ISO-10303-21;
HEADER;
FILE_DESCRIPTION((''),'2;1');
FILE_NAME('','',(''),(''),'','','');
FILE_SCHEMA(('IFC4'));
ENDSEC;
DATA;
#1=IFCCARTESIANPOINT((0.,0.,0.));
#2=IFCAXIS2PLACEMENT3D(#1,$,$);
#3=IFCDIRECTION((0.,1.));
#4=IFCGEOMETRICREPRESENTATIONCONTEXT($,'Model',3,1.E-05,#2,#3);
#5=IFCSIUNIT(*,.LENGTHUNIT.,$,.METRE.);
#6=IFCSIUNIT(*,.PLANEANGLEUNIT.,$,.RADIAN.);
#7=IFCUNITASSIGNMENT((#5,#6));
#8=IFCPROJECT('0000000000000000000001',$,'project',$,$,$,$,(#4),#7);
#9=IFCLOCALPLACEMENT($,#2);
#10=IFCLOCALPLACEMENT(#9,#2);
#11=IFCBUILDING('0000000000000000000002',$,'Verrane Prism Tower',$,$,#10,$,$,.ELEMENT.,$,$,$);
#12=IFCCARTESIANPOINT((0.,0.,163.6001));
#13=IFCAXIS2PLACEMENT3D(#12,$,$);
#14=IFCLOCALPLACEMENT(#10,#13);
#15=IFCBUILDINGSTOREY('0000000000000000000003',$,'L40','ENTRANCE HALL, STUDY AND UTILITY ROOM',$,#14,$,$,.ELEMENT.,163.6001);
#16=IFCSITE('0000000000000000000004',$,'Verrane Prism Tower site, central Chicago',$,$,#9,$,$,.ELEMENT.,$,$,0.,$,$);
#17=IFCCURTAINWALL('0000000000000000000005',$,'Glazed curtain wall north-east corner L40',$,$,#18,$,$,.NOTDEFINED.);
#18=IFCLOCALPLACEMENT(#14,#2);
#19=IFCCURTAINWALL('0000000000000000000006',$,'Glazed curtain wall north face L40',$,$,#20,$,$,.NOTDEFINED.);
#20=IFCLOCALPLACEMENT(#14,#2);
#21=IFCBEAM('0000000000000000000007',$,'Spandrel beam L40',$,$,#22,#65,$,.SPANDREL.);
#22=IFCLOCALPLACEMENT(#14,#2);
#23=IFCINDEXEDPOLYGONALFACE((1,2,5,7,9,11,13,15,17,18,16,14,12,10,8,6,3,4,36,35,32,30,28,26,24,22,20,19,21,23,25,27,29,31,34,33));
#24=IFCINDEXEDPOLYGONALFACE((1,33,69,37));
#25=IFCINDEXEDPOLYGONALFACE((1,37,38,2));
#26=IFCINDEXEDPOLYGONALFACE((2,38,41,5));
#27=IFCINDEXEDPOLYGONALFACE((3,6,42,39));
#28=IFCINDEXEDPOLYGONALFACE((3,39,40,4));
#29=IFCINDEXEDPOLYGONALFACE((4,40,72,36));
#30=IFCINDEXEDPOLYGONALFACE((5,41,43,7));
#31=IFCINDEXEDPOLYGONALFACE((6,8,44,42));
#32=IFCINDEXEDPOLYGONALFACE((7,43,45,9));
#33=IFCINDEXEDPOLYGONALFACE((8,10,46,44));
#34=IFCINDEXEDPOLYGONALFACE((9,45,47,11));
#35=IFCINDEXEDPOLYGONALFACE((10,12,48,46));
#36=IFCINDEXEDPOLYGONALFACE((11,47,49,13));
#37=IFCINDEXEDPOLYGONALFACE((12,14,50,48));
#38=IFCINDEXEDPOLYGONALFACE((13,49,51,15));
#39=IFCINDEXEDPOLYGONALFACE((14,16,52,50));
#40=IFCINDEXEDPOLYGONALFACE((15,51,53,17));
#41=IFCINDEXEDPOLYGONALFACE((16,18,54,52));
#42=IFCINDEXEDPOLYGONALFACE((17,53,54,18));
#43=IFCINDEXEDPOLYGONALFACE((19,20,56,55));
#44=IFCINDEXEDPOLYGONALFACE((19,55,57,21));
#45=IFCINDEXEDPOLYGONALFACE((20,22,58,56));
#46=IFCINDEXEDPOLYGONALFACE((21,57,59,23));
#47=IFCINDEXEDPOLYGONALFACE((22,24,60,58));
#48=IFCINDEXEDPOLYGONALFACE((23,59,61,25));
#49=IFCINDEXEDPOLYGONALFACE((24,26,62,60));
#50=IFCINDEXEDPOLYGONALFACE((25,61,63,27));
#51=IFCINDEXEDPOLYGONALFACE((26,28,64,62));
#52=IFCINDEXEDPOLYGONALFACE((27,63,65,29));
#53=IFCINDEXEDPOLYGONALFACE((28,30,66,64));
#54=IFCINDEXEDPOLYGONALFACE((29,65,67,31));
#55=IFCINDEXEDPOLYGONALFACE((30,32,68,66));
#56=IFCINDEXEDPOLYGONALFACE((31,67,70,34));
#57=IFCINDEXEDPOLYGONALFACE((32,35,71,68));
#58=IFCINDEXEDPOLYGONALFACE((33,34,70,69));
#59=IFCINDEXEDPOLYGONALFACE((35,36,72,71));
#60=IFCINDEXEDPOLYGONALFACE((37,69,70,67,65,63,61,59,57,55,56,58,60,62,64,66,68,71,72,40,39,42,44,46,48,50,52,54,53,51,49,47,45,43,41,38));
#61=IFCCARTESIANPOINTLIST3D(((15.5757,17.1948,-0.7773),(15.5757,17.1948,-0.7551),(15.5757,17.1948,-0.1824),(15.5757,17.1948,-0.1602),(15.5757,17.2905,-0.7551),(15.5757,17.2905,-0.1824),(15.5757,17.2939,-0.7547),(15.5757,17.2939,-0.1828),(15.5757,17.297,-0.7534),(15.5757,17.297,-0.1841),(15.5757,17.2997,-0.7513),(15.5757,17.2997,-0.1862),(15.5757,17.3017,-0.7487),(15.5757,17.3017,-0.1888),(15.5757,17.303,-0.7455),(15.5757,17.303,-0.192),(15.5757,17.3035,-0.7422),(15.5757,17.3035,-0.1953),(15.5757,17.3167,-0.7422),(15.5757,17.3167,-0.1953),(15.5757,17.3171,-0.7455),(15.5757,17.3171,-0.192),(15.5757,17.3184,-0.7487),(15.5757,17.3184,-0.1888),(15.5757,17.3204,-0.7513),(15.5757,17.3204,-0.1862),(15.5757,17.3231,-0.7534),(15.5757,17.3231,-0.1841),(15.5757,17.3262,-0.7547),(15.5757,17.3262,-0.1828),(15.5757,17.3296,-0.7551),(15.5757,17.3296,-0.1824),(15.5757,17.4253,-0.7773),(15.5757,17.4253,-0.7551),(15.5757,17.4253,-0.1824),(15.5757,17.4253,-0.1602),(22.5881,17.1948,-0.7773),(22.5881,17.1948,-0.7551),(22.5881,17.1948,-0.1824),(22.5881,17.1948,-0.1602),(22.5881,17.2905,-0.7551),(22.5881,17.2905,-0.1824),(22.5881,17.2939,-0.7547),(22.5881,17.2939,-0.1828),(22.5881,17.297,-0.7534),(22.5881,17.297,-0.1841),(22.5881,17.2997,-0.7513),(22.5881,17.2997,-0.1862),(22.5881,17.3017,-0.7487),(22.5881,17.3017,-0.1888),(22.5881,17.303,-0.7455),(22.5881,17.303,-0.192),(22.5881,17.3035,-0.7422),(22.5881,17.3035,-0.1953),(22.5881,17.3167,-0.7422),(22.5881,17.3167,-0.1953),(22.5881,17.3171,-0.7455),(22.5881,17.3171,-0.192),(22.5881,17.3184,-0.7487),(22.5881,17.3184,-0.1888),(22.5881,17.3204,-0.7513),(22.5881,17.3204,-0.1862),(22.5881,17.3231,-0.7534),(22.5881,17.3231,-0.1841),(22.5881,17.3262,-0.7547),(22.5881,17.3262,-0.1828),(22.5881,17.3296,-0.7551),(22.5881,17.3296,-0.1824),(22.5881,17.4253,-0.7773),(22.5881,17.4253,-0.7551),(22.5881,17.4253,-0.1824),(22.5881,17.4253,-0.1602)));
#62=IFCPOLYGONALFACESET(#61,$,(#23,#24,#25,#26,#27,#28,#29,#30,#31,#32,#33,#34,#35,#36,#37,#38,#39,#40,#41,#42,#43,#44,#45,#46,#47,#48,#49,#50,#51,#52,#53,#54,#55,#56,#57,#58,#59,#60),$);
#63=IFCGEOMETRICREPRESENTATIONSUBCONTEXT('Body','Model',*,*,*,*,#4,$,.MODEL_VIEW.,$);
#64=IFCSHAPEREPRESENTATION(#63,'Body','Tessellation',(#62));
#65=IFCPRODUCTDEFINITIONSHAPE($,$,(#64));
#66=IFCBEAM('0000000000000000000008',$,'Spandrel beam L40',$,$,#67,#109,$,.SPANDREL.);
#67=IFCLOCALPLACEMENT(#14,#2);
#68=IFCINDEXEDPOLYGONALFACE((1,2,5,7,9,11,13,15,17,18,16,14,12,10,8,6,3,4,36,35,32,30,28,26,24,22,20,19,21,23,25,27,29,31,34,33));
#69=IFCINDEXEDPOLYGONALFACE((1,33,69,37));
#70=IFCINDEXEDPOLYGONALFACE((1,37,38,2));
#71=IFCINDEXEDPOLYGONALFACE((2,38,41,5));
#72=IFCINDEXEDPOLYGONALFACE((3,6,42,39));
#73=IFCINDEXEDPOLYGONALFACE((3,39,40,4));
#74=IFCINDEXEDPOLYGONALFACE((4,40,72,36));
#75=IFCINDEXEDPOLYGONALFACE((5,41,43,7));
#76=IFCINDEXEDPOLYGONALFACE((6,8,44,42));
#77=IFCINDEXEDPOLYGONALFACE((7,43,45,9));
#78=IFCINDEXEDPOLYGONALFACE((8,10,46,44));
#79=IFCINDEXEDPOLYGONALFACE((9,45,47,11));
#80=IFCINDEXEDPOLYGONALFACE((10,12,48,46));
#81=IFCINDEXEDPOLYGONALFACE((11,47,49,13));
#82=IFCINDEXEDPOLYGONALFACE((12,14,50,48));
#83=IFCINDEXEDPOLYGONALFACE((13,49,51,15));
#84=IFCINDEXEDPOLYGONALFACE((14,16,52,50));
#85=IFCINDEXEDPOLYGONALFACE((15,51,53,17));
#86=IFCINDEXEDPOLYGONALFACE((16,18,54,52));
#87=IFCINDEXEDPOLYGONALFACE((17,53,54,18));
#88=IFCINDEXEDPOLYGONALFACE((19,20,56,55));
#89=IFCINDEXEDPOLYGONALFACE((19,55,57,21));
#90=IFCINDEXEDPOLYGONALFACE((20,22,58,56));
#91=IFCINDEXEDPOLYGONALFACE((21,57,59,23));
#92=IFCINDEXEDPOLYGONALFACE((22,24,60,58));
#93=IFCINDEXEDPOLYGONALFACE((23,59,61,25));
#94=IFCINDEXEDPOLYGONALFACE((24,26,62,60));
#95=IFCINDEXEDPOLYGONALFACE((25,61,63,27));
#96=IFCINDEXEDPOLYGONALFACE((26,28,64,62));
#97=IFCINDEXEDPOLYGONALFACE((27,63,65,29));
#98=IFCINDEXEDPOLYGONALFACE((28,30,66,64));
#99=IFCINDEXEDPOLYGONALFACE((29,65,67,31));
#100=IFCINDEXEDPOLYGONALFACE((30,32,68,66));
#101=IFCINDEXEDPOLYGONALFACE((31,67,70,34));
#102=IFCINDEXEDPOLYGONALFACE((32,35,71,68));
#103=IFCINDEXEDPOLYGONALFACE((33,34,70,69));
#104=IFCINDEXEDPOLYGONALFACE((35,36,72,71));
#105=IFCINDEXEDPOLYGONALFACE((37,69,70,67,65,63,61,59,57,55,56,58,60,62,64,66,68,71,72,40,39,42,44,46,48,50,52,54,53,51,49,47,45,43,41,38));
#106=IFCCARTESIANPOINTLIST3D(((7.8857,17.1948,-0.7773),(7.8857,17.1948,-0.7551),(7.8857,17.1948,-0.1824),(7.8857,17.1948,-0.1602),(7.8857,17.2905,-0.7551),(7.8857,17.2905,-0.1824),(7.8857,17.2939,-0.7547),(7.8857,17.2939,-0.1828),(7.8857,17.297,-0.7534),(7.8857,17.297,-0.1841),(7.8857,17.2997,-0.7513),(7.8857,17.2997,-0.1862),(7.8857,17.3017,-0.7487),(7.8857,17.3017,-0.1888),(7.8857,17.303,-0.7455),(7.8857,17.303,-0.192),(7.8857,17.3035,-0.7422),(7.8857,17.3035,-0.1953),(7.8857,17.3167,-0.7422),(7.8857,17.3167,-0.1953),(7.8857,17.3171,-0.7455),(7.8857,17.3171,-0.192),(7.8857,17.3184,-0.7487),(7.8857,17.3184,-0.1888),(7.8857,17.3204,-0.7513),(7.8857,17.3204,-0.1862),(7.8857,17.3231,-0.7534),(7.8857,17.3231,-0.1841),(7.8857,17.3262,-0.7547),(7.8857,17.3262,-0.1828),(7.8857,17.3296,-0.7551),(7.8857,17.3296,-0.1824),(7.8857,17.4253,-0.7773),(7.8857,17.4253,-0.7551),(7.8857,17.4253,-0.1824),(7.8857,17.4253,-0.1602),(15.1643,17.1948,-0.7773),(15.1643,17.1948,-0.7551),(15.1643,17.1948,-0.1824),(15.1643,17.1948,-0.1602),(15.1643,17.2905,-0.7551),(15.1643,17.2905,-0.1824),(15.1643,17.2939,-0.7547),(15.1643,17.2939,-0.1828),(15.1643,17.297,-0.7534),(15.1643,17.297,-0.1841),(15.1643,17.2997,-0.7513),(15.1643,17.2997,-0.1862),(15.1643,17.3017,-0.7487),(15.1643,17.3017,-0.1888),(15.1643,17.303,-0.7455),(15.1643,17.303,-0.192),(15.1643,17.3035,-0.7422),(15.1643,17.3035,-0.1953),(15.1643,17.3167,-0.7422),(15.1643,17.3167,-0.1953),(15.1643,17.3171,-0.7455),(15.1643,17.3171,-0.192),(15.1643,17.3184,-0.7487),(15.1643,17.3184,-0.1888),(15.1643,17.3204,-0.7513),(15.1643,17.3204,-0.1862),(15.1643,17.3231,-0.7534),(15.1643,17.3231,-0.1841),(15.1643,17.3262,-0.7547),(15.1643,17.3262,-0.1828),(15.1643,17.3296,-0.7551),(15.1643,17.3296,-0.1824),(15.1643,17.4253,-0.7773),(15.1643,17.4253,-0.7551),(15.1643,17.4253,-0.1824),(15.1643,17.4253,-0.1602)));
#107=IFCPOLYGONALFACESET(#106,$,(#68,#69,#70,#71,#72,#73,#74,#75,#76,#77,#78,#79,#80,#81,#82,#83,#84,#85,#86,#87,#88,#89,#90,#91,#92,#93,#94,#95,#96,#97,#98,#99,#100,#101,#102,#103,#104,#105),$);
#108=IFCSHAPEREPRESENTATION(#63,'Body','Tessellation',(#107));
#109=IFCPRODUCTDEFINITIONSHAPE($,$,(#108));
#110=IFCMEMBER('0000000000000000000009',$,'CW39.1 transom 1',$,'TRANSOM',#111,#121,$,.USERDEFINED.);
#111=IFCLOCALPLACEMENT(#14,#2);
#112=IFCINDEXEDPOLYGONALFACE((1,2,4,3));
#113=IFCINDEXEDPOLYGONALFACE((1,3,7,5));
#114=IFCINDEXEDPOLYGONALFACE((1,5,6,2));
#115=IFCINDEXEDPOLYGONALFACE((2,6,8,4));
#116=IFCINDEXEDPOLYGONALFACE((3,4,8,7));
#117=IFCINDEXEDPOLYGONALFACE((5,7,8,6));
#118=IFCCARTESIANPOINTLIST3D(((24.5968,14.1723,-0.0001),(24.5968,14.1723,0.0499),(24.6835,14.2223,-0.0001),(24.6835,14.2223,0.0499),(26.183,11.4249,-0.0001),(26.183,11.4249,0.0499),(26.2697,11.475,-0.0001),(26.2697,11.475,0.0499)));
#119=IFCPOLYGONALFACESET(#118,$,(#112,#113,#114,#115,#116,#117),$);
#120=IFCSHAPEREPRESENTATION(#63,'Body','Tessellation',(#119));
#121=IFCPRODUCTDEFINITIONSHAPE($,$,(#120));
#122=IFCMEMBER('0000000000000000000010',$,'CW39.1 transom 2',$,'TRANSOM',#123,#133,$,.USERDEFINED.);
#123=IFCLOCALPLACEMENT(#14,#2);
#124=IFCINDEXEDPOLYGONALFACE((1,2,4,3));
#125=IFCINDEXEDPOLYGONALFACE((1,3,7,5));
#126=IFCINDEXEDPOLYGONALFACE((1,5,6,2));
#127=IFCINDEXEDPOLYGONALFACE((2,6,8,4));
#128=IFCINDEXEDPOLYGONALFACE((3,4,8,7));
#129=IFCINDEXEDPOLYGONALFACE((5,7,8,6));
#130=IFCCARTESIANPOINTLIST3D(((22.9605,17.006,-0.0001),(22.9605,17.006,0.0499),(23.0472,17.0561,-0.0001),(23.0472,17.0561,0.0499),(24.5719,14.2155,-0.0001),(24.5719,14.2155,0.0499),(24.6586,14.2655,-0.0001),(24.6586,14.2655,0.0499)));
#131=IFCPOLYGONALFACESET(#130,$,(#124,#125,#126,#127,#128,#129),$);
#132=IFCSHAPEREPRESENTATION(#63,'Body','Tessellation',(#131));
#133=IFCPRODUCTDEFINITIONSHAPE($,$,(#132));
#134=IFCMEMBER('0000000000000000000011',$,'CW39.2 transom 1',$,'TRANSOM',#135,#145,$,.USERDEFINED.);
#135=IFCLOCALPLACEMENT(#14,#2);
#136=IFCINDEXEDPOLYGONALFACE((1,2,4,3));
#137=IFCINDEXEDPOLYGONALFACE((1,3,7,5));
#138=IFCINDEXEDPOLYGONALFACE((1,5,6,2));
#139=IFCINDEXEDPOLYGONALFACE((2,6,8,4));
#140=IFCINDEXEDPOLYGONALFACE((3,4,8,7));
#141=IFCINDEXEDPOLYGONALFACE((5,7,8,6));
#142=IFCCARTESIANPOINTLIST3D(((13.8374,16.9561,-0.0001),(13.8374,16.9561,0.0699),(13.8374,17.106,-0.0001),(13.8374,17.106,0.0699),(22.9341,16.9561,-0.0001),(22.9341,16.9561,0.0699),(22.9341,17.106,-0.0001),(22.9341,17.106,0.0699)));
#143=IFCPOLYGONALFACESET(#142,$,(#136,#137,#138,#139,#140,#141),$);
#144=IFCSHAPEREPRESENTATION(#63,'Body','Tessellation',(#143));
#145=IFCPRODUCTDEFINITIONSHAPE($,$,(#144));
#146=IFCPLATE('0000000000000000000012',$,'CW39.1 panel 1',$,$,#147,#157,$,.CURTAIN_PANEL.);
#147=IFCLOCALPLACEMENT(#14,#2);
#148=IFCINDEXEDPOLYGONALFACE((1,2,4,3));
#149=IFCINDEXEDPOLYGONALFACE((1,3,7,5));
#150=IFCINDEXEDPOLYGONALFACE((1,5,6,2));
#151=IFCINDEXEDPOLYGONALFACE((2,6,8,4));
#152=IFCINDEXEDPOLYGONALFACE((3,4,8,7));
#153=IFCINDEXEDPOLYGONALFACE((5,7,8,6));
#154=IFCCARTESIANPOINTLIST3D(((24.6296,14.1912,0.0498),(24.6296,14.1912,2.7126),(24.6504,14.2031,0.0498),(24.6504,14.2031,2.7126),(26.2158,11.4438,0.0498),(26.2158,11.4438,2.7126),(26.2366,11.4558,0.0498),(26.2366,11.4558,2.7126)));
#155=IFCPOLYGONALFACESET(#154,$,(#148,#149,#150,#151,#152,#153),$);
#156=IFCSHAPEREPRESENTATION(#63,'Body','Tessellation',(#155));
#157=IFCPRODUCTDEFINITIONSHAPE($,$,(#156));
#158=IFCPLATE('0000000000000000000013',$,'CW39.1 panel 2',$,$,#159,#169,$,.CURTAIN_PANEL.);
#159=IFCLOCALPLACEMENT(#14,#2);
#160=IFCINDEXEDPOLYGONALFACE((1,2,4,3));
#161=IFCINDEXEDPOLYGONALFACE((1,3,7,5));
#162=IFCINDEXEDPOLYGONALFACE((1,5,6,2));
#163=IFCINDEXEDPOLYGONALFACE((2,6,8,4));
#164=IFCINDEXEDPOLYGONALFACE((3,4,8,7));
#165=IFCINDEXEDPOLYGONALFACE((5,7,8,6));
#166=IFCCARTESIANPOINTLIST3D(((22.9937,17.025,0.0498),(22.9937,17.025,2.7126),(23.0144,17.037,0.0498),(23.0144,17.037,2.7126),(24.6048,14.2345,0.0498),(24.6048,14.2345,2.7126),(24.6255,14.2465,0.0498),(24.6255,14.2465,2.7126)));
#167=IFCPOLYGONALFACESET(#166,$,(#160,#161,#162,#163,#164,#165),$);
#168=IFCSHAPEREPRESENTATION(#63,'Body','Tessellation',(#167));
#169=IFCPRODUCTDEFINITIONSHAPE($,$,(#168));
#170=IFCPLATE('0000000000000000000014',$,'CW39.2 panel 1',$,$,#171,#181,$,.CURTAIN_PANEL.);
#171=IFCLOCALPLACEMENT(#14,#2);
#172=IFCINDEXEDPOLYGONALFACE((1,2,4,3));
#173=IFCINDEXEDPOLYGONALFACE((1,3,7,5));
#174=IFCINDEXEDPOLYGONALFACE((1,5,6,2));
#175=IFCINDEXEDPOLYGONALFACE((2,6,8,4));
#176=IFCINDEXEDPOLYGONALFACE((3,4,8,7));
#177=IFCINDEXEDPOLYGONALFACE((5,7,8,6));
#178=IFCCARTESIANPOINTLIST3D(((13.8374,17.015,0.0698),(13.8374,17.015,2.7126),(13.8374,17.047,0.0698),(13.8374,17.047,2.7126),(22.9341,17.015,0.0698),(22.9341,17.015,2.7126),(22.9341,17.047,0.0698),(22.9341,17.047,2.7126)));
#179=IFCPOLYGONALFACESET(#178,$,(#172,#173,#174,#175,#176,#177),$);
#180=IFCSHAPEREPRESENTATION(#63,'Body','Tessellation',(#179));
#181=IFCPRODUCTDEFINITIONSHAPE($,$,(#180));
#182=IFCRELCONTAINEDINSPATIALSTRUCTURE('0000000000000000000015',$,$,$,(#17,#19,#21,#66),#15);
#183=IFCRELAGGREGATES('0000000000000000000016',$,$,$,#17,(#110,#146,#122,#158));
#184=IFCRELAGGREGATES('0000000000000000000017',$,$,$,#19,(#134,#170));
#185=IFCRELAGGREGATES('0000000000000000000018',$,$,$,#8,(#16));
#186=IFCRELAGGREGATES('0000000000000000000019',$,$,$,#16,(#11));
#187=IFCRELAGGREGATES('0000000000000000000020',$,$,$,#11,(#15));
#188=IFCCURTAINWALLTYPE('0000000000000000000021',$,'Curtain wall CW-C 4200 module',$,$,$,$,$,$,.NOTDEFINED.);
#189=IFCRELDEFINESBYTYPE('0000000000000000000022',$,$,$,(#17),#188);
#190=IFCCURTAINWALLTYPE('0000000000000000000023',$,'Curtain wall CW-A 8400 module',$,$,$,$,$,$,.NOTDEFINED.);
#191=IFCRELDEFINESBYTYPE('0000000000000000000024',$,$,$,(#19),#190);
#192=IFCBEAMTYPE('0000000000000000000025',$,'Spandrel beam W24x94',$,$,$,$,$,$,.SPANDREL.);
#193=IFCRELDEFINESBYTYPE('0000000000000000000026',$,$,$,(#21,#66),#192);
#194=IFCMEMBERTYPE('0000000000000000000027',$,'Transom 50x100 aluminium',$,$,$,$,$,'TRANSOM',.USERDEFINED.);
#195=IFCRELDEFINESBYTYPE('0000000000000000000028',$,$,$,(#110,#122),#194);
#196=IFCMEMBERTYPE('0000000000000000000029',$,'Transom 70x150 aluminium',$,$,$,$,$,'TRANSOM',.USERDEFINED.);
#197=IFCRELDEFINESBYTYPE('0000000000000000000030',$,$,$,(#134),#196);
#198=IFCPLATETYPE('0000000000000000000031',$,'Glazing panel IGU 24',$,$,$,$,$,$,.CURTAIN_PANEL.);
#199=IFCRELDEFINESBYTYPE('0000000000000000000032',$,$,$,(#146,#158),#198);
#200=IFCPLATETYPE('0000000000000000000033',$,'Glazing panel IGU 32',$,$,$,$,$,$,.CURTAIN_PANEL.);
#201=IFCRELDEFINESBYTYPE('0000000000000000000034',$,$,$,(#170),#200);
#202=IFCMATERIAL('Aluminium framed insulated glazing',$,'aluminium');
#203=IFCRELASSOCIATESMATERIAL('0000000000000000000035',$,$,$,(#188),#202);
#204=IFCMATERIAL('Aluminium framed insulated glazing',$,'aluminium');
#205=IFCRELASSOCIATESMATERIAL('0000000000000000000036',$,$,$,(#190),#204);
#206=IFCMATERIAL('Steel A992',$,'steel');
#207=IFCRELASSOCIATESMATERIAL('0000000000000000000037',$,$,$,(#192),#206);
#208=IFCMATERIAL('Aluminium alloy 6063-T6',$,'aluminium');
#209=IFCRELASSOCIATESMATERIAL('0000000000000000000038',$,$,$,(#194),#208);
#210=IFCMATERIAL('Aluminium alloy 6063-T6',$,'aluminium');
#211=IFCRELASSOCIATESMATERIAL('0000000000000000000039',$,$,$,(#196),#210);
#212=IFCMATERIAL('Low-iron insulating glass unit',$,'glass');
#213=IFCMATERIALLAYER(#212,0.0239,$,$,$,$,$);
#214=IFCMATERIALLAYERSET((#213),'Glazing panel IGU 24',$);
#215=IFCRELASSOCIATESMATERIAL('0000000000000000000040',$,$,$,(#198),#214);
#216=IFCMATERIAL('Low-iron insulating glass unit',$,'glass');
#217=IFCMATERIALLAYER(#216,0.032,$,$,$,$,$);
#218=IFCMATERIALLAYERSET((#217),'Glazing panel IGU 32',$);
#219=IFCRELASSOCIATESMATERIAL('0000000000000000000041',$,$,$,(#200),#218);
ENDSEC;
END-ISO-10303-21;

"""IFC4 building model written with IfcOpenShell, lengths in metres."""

from ifc_helpers import new_model, si_unit, direction, frame, origin, origin_2d, place, context, subcontext, project, spatial, rectangle, i_section, extrude, material, layer, layer_set, material_profile, profile_set, type_object, element, aggregate, save


model = new_model("IFC4")

# Units and contexts
model_context = context("Model", 3, precision=1e-05, world=origin(), true_north=direction((0.0, 1.0)))
body_context = subcontext(model_context, "Body", "Model", "MODEL_VIEW")
ifc_project = project(units=[si_unit("LENGTHUNIT", "METRE"), si_unit("PLANEANGLEUNIT", "RADIAN")], contexts=[model_context])

# Site, building, storey
site_placement = place(None, origin())
site = spatial("IfcSite", under=ifc_project, at=site_placement, Name="Verrane Prism Tower site, central Chicago", CompositionType="ELEMENT", RefElevation=0.0)
building_placement = place(site_placement, origin())
building = spatial("IfcBuilding", under=site, at=building_placement, Name="Verrane Prism Tower", CompositionType="ELEMENT")
storey_placement = place(building_placement, frame((0.0, 0.0, 163.6001)))
storey = spatial("IfcBuildingStorey", under=building, at=storey_placement, Name="L40", Description="ENTRANCE HALL, STUDY AND UTILITY ROOM", CompositionType="ELEMENT", Elevation=163.6001)

# Curtain wall
ifc_material_1 = material(Name="Aluminium framed insulated glazing", Category="aluminium")
curtain_wall_type_1 = type_object("IfcCurtainWallType", Name="Curtain wall CW-C 4200 module", PredefinedType="NOTDEFINED", material=ifc_material_1)
curtain_wall_1_placement = place(storey_placement, origin())
curtain_wall_1 = element("IfcCurtainWall", 1, at=curtain_wall_1_placement, inside=storey, type_object=curtain_wall_type_1, Name="Glazed curtain wall north-east corner L40", PredefinedType="NOTDEFINED")

# Curtain wall
ifc_material_2 = material(Name="Aluminium framed insulated glazing", Category="aluminium")
curtain_wall_type_2 = type_object("IfcCurtainWallType", Name="Curtain wall CW-A 8400 module", PredefinedType="NOTDEFINED", material=ifc_material_2)
curtain_wall_2_placement = place(storey_placement, origin())
curtain_wall_2 = element("IfcCurtainWall", 2, at=curtain_wall_2_placement, inside=storey, type_object=curtain_wall_type_2, Name="Glazed curtain wall north face L40", PredefinedType="NOTDEFINED")

# Beams
ifc_material_3 = material(Name="Steel A992", Category="steel")
ifc_material_profile_1 = material_profile(ifc_material_3, i_section(OverallWidth=0.2305, OverallDepth=0.6172, WebThickness=0.0132, FlangeThickness=0.0222, FilletRadius=0.0129, at=origin_2d()), Name="W24x94")
ifc_profile_set_1 = profile_set([ifc_material_profile_1], Name="Steel A992")
beam_type_1 = type_object("IfcBeamType", Name="Spandrel beam W24x94", PredefinedType="SPANDREL", material=ifc_profile_set_1)
beam_1_placement = place(storey_placement, frame((22.5881, 17.3101, -0.4688), z_axis=(-1.0, 0.0, 0.0), x_axis=(0.0, -1.0, 0.0)))
element("IfcBeam", 3, at=beam_1_placement, inside=storey, type_object=beam_type_1, Name="Spandrel beam L40", PredefinedType="SPANDREL", context=body_context, shape_type="SweptSolid", body=[
    extrude(i_section(OverallWidth=0.2305, OverallDepth=0.6172, WebThickness=0.0132, FlangeThickness=0.0222, FilletRadius=0.0129, at=origin_2d()), origin(), (0.0, 0.0, 1.0), 7.0125),
])
beam_2_placement = place(storey_placement, frame((15.1643, 17.3101, -0.4688), z_axis=(-1.0, 0.0, 0.0), x_axis=(0.0, -1.0, 0.0)))
element("IfcBeam", 4, at=beam_2_placement, inside=storey, type_object=beam_type_1, Name="Spandrel beam L40", PredefinedType="SPANDREL", context=body_context, shape_type="SweptSolid", body=[
    extrude(i_section(OverallWidth=0.2305, OverallDepth=0.6172, WebThickness=0.0132, FlangeThickness=0.0222, FilletRadius=0.0129, at=origin_2d()), origin(), (0.0, 0.0, 1.0), 7.2786),
])

# Members
ifc_material_4 = material(Name="Aluminium alloy 6063-T6", Category="aluminium")
ifc_material_profile_2 = material_profile(ifc_material_4, rectangle(XDim=0.1001, YDim=0.05, at=origin_2d()), Name="Transom 50x100 aluminium")
ifc_profile_set_2 = profile_set([ifc_material_profile_2], Name="Aluminium alloy 6063-T6")
member_type_1 = type_object("IfcMemberType", Name="Transom 50x100 aluminium", ElementType="TRANSOM", PredefinedType="USERDEFINED", material=ifc_profile_set_2)
member_1_placement = place(storey_placement, frame((26.2263, 11.45, 0.0249), z_axis=(-0.500004, 0.866023, 0.0), x_axis=(-0.866023, -0.500004, 0.0)))
member_1 = element("IfcMember", 5, at=member_1_placement, type_object=member_type_1, Name="CW39.1 transom 1", ObjectType="TRANSOM", PredefinedType="USERDEFINED", context=body_context, shape_type="SweptSolid", body=[
    extrude(rectangle(XDim=0.1001, YDim=0.05, at=origin_2d()), origin(), (0.0, 0.0, 1.0), 3.1724),
])
member_2_placement = place(storey_placement, frame((24.6152, 14.2405, 0.0249), z_axis=(-0.50005, 0.865996, 0.0), x_axis=(-0.865996, -0.50005, 0.0)))
member_2 = element("IfcMember", 6, at=member_2_placement, type_object=member_type_1, Name="CW39.1 transom 2", ObjectType="TRANSOM", PredefinedType="USERDEFINED", context=body_context, shape_type="SweptSolid", body=[
    extrude(rectangle(XDim=0.1001, YDim=0.05, at=origin_2d()), origin(), (0.0, 0.0, 1.0), 3.2224),
])
ifc_material_5 = material(Name="Aluminium alloy 6063-T6", Category="aluminium")
ifc_material_profile_3 = material_profile(ifc_material_5, rectangle(XDim=0.1499, YDim=0.0701, at=origin_2d()), Name="Transom 70x150 aluminium")
ifc_profile_set_3 = profile_set([ifc_material_profile_3], Name="Aluminium alloy 6063-T6")
member_type_2 = type_object("IfcMemberType", Name="Transom 70x150 aluminium", ElementType="TRANSOM", PredefinedType="USERDEFINED", material=ifc_profile_set_3)
member_3_placement = place(storey_placement, frame((22.9341, 17.031, 0.0349), z_axis=(-1.0, 0.0, 0.0), x_axis=(0.0, -1.0, 0.0)))
member_3 = element("IfcMember", 7, at=member_3_placement, type_object=member_type_2, Name="CW39.2 transom 1", ObjectType="TRANSOM", PredefinedType="USERDEFINED", context=body_context, shape_type="SweptSolid", body=[
    extrude(rectangle(XDim=0.1499, YDim=0.0701, at=origin_2d()), origin(), (0.0, 0.0, 1.0), 9.0967),
])

# Plates
ifc_material_6 = material(Name="Low-iron insulating glass unit", Category="glass")
ifc_layer_1 = layer(ifc_material_6, 0.0239)
ifc_layer_set_1 = layer_set([ifc_layer_1], Name="Glazing panel IGU 24")
plate_type_1 = type_object("IfcPlateType", Name="Glazing panel IGU 24", PredefinedType="CURTAIN_PANEL", material=ifc_layer_set_1)
plate_1_placement = place(storey_placement, frame((25.4331, 12.8235, 0.0498), z_axis=(0.0, 0.0, 1.0), x_axis=(-0.500006, 0.866022, 0.0)))
plate_1 = element("IfcPlate", 8, at=plate_1_placement, type_object=plate_type_1, Name="CW39.1 panel 1", PredefinedType="CURTAIN_PANEL", context=body_context, shape_type="SweptSolid", body=[
    extrude(rectangle(XDim=3.1724, YDim=0.0239, at=origin_2d()), origin(), (0.0, 0.0, 1.0), 2.6628),
])
plate_2_placement = place(storey_placement, frame((23.8096, 15.6357, 0.0498), z_axis=(0.0, 0.0, 1.0), x_axis=(-0.500006, 0.866022, 0.0)))
plate_2 = element("IfcPlate", 9, at=plate_2_placement, type_object=plate_type_1, Name="CW39.1 panel 2", PredefinedType="CURTAIN_PANEL", context=body_context, shape_type="SweptSolid", body=[
    extrude(rectangle(XDim=3.2222, YDim=0.0239, at=origin_2d()), origin(), (0.0, 0.0, 1.0), 2.6628),
])
aggregate(curtain_wall_1, [member_1, plate_1, member_2, plate_2])
ifc_material_7 = material(Name="Low-iron insulating glass unit", Category="glass")
ifc_layer_2 = layer(ifc_material_7, 0.032)
ifc_layer_set_2 = layer_set([ifc_layer_2], Name="Glazing panel IGU 32")
plate_type_2 = type_object("IfcPlateType", Name="Glazing panel IGU 32", PredefinedType="CURTAIN_PANEL", material=ifc_layer_set_2)
plate_3_placement = place(storey_placement, frame((18.3857, 17.031, 0.0698), z_axis=(0.0, 0.0, 1.0), x_axis=(-1.0, 0.0, 0.0)))
plate_3 = element("IfcPlate", 10, at=plate_3_placement, type_object=plate_type_2, Name="CW39.2 panel 1", PredefinedType="CURTAIN_PANEL", context=body_context, shape_type="SweptSolid", body=[
    extrude(rectangle(XDim=9.0967, YDim=0.032, at=origin_2d()), origin(), (0.0, 0.0, 1.0), 2.6428),
])
aggregate(curtain_wall_2, [member_3, plate_3])

save(model, "model.ifc")
